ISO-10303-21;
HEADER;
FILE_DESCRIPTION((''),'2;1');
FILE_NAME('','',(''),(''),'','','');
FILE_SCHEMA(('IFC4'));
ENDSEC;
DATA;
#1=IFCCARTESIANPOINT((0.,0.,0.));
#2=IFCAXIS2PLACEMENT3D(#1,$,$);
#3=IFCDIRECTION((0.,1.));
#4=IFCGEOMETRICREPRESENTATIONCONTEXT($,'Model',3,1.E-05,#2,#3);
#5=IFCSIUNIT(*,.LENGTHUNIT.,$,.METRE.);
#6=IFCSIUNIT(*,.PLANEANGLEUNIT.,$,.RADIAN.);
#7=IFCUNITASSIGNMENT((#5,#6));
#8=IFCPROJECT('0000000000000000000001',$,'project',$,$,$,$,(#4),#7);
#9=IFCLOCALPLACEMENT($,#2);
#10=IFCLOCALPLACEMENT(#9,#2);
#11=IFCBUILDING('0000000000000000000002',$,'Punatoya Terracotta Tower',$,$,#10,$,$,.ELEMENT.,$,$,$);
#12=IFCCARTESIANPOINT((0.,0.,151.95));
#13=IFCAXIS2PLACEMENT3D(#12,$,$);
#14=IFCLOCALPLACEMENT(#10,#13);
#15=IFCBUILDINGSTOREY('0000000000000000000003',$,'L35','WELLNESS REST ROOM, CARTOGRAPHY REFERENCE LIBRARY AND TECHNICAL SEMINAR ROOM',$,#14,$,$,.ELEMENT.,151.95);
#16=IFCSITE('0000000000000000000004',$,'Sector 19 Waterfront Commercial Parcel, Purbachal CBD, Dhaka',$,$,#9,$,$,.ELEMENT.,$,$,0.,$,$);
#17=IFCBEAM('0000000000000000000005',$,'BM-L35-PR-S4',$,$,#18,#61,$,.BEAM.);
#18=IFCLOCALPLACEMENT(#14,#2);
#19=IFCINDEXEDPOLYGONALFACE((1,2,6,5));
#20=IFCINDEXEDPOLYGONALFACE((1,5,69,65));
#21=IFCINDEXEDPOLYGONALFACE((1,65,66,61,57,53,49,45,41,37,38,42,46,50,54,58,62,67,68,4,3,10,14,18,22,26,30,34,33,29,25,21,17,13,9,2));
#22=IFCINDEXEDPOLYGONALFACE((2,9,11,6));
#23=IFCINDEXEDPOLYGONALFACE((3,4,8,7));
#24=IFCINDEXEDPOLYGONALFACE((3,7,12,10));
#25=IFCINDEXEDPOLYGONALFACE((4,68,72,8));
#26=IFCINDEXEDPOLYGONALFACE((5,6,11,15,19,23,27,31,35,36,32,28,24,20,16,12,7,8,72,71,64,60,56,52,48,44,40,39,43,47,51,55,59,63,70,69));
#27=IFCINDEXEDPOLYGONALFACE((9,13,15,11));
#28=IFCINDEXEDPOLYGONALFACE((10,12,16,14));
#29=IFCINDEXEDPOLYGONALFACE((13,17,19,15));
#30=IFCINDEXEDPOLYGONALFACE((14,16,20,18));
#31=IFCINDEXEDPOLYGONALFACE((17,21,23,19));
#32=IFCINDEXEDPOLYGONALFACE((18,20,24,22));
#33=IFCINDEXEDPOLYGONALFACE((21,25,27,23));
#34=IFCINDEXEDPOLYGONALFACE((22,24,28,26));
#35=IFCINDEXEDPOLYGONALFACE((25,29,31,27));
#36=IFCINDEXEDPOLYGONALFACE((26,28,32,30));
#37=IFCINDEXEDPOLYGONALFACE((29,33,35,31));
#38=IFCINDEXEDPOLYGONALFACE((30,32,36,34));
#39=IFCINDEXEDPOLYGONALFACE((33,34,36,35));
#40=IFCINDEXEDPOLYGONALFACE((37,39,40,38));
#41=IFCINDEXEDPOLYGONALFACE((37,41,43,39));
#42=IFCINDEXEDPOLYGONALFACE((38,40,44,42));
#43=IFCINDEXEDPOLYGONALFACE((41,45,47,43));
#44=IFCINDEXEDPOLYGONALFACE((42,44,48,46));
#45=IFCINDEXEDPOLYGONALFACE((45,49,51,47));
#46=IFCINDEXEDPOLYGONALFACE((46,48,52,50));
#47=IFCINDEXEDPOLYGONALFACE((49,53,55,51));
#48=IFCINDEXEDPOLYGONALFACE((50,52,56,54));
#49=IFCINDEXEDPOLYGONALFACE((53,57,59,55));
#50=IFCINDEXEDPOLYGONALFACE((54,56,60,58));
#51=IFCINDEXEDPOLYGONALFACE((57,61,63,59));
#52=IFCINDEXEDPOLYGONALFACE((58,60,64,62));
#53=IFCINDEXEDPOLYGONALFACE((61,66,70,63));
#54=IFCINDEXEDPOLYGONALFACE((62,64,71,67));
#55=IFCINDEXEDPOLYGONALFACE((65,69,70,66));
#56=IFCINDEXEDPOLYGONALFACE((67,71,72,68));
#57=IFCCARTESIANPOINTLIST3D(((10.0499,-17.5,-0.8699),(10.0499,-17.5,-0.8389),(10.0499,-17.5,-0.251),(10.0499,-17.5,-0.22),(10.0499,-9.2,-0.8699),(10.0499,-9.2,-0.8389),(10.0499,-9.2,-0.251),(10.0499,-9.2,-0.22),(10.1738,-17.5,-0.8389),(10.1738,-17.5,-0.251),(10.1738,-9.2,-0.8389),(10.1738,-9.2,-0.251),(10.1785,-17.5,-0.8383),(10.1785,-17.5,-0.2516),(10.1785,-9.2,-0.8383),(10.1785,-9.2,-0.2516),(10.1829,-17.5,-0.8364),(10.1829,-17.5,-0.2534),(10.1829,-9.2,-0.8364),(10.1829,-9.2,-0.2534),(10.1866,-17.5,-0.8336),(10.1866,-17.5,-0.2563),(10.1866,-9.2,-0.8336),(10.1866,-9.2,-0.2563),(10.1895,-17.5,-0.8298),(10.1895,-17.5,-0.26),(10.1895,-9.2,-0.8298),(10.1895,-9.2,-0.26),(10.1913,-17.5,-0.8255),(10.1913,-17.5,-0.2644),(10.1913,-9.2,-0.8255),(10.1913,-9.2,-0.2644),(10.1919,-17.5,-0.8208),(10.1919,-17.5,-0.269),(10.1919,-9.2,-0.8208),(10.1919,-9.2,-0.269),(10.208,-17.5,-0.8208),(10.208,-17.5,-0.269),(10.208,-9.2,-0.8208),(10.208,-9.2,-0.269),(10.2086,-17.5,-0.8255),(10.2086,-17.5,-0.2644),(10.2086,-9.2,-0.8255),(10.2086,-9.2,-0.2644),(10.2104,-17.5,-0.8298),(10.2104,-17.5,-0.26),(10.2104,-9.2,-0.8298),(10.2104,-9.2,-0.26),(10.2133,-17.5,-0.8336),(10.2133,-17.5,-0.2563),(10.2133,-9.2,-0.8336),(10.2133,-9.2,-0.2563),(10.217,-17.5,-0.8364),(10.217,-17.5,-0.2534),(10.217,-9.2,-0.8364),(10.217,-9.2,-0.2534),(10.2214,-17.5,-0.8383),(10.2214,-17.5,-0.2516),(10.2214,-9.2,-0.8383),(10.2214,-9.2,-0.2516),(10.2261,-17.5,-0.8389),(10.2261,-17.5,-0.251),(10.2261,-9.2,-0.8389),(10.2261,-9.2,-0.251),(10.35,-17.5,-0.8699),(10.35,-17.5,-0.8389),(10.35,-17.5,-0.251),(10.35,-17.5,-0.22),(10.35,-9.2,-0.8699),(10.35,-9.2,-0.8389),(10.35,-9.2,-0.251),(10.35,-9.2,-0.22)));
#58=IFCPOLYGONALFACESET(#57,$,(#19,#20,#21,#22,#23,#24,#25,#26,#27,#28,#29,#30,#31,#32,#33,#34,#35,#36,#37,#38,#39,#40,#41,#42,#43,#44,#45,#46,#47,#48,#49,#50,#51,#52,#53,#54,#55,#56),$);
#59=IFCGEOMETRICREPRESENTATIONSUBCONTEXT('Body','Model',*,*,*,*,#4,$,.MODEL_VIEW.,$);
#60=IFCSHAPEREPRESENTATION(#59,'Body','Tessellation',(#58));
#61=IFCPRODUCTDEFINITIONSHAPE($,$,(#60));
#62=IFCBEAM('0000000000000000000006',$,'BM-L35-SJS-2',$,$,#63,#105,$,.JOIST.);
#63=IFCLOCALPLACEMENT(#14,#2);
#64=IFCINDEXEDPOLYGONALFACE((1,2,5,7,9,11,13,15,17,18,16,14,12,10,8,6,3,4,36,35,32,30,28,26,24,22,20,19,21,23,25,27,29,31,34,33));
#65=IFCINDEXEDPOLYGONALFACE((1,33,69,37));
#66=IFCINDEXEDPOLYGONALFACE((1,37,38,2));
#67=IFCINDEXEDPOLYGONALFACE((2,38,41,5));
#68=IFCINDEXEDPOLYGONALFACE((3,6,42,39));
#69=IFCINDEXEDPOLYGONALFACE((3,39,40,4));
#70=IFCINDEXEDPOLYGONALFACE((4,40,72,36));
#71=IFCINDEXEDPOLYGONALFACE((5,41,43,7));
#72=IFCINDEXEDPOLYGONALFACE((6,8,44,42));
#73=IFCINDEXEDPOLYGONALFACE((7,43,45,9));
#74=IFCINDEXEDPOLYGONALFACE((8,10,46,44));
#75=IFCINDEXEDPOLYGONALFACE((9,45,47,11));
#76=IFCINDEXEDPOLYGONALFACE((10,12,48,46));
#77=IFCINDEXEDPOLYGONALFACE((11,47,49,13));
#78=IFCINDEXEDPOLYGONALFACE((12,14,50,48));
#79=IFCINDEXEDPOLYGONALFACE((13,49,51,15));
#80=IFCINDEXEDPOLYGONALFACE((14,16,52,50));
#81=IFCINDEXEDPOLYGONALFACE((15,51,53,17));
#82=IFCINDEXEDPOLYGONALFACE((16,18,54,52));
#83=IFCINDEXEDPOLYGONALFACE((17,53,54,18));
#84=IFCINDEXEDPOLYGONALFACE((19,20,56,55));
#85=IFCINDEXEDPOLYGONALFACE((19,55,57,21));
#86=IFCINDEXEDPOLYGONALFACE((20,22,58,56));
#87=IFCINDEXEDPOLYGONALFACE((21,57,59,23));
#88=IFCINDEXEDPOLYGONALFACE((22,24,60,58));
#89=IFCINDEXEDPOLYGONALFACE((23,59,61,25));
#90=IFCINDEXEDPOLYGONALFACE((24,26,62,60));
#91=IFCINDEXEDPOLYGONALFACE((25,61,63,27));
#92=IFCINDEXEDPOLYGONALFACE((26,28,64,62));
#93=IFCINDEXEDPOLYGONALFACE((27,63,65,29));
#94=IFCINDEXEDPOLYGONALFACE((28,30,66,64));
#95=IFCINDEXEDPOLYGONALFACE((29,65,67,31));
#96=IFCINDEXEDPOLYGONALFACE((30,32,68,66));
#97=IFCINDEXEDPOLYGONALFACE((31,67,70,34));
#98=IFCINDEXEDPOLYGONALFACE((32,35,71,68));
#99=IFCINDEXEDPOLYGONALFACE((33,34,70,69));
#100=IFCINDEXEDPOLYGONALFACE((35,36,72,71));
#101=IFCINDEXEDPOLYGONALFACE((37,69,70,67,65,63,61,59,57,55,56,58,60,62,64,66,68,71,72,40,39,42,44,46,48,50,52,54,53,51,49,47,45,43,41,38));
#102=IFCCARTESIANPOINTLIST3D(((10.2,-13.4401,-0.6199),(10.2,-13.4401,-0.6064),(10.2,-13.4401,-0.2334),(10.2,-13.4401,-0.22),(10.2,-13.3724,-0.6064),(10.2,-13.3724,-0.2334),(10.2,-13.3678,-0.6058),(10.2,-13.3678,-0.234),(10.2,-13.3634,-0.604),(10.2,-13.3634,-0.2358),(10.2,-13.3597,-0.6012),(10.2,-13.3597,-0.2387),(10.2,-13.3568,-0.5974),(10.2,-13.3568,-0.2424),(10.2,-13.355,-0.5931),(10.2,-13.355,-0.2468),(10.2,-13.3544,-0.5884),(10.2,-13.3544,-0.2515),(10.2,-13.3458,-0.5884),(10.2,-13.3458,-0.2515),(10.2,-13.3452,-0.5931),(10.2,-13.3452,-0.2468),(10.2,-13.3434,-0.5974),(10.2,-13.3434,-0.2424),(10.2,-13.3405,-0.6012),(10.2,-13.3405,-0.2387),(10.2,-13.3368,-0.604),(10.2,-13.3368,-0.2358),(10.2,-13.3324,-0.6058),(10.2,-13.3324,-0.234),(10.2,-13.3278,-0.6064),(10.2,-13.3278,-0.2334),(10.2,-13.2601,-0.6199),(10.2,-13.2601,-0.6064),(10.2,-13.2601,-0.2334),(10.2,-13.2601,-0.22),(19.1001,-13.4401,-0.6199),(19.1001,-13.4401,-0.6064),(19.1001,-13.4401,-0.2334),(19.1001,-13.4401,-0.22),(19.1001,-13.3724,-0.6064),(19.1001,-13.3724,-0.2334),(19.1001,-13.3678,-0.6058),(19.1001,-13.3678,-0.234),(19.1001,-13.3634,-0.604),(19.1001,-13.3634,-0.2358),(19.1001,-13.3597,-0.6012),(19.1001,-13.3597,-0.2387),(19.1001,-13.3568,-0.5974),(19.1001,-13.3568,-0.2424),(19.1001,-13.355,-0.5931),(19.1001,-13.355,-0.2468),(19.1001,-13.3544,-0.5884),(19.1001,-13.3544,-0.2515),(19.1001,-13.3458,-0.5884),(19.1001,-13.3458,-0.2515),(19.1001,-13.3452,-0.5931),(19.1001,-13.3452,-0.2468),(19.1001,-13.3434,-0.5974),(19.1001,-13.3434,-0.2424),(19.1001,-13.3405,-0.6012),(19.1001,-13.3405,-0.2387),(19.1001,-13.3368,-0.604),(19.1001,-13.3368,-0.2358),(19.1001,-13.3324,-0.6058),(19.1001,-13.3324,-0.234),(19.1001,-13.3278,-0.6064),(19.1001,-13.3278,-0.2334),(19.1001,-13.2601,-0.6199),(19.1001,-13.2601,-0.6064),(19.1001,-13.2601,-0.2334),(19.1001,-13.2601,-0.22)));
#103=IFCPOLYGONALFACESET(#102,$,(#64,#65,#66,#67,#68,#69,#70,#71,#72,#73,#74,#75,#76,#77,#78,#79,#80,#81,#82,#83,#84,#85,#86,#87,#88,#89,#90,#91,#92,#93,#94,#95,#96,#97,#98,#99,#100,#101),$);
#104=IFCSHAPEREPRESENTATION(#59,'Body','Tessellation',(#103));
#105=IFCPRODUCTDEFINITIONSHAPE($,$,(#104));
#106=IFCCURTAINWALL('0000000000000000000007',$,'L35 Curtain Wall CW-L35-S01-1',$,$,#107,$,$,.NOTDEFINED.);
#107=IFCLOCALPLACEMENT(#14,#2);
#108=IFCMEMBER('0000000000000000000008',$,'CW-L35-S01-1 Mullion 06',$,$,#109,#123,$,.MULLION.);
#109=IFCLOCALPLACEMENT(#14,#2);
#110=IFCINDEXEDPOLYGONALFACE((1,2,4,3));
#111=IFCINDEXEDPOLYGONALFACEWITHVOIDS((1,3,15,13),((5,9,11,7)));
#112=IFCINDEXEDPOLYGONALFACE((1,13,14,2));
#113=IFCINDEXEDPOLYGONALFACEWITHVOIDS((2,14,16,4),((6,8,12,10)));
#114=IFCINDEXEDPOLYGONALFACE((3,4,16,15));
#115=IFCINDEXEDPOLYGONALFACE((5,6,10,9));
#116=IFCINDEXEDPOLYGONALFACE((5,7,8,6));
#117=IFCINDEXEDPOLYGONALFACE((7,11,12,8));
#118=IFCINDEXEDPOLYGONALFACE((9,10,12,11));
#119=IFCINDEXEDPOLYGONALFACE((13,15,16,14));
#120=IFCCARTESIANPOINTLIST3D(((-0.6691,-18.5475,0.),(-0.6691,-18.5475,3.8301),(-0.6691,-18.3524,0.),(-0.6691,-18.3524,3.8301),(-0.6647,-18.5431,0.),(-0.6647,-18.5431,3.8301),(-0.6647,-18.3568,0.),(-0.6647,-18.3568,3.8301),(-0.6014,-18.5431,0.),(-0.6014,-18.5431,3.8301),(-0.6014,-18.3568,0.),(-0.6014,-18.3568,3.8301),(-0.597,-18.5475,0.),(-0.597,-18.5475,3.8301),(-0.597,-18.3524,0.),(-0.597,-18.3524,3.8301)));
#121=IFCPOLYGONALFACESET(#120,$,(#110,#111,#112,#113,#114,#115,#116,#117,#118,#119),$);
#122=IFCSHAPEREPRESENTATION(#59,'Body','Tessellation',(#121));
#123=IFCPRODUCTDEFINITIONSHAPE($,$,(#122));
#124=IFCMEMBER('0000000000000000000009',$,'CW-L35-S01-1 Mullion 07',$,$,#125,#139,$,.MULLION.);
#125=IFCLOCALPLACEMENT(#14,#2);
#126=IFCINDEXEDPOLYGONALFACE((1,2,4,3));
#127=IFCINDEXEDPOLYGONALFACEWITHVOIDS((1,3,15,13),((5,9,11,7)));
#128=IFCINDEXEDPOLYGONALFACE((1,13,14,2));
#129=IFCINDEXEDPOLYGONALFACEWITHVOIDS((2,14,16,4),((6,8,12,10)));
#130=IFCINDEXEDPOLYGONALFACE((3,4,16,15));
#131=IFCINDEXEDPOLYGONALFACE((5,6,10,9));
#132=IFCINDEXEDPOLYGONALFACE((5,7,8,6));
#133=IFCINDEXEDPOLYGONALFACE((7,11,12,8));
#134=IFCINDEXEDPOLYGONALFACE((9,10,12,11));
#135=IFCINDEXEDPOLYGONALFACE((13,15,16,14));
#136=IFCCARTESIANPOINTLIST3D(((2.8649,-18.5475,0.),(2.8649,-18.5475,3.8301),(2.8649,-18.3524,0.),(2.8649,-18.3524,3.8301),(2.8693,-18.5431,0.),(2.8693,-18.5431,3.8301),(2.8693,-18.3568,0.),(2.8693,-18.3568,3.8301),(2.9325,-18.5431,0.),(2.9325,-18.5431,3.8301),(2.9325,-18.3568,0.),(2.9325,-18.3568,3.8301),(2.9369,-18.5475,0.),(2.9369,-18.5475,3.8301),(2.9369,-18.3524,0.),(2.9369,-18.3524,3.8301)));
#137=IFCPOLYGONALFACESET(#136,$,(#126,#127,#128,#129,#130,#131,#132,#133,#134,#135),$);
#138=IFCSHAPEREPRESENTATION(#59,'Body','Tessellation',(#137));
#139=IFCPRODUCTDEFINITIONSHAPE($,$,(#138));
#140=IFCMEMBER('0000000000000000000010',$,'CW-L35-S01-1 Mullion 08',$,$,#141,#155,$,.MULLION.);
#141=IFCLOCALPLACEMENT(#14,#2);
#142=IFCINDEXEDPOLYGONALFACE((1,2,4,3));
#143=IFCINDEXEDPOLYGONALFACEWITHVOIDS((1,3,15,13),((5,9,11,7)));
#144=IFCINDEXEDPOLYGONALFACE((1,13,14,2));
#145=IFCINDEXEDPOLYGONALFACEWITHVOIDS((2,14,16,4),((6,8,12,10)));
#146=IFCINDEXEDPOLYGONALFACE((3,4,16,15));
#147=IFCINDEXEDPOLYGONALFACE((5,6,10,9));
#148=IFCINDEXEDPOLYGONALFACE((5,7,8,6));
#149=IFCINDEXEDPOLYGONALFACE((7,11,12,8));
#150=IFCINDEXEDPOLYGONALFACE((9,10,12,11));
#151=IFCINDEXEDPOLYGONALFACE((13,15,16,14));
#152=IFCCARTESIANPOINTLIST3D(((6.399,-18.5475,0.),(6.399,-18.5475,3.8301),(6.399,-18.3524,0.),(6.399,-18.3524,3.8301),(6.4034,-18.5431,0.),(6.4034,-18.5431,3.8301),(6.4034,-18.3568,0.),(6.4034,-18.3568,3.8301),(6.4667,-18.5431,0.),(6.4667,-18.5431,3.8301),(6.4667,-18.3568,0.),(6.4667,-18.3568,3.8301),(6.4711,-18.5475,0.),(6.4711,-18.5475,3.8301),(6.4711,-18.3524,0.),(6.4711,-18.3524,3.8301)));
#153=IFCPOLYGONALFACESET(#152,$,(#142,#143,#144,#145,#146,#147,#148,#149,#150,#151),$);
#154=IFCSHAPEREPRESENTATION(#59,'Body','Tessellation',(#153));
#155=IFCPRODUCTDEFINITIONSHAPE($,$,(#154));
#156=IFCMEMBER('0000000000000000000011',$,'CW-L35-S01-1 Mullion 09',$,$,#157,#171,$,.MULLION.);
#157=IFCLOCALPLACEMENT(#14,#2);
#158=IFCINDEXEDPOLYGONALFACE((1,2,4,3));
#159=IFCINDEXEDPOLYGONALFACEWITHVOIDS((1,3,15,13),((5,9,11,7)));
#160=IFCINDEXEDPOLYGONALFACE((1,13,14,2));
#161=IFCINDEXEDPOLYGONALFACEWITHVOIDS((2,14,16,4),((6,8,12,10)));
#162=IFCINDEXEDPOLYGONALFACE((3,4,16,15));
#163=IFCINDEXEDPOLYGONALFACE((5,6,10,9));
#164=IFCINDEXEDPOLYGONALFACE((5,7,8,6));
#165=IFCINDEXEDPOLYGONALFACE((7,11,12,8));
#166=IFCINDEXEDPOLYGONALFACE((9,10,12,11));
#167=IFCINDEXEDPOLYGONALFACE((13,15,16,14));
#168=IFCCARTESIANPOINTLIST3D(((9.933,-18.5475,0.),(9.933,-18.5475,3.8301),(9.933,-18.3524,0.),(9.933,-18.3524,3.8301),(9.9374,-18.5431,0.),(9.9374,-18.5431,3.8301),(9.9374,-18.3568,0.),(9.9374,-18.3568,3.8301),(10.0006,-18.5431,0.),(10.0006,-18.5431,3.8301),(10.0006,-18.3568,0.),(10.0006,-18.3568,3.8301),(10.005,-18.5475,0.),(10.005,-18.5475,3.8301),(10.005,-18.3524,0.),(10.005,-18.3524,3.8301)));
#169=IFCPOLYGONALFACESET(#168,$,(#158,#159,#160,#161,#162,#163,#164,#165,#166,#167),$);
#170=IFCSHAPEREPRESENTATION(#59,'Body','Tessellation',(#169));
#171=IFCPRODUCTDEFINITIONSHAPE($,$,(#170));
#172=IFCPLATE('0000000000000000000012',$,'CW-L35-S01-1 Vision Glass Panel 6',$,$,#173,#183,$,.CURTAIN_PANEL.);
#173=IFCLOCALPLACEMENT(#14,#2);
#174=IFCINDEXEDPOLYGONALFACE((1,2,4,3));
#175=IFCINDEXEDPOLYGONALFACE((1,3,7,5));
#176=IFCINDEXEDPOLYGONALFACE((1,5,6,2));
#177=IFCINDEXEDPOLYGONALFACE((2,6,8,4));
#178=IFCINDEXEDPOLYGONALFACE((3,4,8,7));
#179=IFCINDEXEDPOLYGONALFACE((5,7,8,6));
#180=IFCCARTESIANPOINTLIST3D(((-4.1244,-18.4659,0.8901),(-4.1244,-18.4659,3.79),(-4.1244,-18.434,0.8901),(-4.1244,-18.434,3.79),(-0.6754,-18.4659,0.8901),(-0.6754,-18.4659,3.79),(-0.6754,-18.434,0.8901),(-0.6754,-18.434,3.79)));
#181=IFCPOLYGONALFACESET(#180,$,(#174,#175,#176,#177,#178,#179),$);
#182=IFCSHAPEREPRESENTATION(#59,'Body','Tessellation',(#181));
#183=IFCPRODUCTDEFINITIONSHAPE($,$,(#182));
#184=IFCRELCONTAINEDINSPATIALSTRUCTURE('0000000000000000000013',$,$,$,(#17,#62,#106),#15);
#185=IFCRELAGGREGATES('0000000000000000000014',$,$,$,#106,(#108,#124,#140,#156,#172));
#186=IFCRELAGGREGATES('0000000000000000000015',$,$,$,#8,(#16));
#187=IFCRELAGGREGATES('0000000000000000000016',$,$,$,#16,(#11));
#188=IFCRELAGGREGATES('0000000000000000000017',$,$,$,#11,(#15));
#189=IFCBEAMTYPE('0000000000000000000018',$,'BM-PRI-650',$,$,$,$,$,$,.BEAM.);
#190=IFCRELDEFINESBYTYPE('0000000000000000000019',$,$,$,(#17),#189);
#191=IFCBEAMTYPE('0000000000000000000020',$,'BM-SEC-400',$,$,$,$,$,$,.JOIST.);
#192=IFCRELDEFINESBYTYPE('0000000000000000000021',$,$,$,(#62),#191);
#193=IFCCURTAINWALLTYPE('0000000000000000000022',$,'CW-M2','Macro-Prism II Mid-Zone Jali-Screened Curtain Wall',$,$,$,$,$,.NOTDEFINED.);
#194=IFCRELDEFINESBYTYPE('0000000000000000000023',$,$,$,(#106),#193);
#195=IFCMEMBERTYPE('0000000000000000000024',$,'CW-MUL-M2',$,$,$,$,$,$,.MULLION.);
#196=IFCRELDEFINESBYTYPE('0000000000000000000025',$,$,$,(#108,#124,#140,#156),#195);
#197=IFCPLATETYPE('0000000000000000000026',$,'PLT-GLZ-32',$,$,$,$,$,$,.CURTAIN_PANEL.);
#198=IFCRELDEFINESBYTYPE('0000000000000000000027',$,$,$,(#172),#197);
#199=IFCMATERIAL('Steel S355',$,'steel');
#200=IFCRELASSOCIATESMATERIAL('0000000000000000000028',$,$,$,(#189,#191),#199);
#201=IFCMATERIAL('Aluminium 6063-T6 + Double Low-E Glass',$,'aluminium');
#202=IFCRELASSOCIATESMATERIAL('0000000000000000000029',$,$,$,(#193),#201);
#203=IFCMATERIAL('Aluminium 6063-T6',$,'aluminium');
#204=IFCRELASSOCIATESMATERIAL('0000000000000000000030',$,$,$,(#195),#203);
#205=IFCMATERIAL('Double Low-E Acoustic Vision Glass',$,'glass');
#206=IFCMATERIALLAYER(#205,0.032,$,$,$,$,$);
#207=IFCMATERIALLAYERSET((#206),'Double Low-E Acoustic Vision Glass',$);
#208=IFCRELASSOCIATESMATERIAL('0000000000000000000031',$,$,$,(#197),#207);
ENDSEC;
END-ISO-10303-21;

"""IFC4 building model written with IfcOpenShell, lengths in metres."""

from ifc_helpers import new_model, si_unit, direction, frame, origin, origin_2d, place, context, subcontext, project, spatial, rectangle, hollow_rectangle, i_section, extrude, material, layer, layer_set, material_profile, profile_set, type_object, element, aggregate, save


model = new_model("IFC4")

# Units and contexts
model_context = context("Model", 3, precision=1e-05, world=origin(), true_north=direction((0.0, 1.0)))
body_context = subcontext(model_context, "Body", "Model", "MODEL_VIEW")
ifc_project = project(units=[si_unit("LENGTHUNIT", "METRE"), si_unit("PLANEANGLEUNIT", "RADIAN")], contexts=[model_context])

# Site, building, storey
site_placement = place(None, origin())
site = spatial("IfcSite", under=ifc_project, at=site_placement, Name="Sector 19 Waterfront Commercial Parcel, Purbachal CBD, Dhaka", CompositionType="ELEMENT", RefElevation=0.0)
building_placement = place(site_placement, origin())
building = spatial("IfcBuilding", under=site, at=building_placement, Name="Punatoya Terracotta Tower", CompositionType="ELEMENT")
storey_placement = place(building_placement, frame((0.0, 0.0, 151.95)))
storey = spatial("IfcBuildingStorey", under=building, at=storey_placement, Name="L35", Description="WELLNESS REST ROOM, CARTOGRAPHY REFERENCE LIBRARY AND TECHNICAL SEMINAR ROOM", CompositionType="ELEMENT", Elevation=151.95)

# Beams
ifc_material_1 = material(Name="Steel S355", Category="steel")
ifc_material_profile_1 = material_profile(ifc_material_1, i_section(OverallWidth=0.3, OverallDepth=0.6499, WebThickness=0.0161, FlangeThickness=0.031, FilletRadius=0.0181, at=origin_2d()))
ifc_profile_set_1 = profile_set([ifc_material_profile_1], Name="Steel S355")
beam_type_1 = type_object("IfcBeamType", Name="BM-PRI-650", PredefinedType="BEAM", material=ifc_profile_set_1)
for number, where, z_axis, x_axis, name in (
    (1, (10.2, -17.5, -0.5449), (0.0, 1.0, 0.0), (-1.0, 0.0, 0.0), "BM-L35-PR-S4"),
):
    element("IfcBeam", number, at=place(storey_placement, frame(where, z_axis=z_axis, x_axis=x_axis)), inside=storey, type_object=beam_type_1, Name=name, PredefinedType="BEAM", context=body_context, shape_type="SweptSolid", body=[
        extrude(i_section(OverallWidth=0.3, OverallDepth=0.6499, WebThickness=0.0161, FlangeThickness=0.031, FilletRadius=0.0181, at=origin_2d()), origin(), (0.0, 0.0, 1.0), 8.3),
    ])
ifc_material_profile_2 = material_profile(ifc_material_1, i_section(OverallWidth=0.1799, OverallDepth=0.3999, WebThickness=0.0085, FlangeThickness=0.0134, FilletRadius=0.0181, at=origin_2d()))
ifc_profile_set_2 = profile_set([ifc_material_profile_2], Name="Steel S355")
beam_type_2 = type_object("IfcBeamType", Name="BM-SEC-400", PredefinedType="JOIST", material=ifc_profile_set_2)
beam_1_placement = place(storey_placement, frame((10.2, -13.3501, -0.4199), z_axis=(1.0, 0.0, 0.0), x_axis=(0.0, 1.0, 0.0)))
element("IfcBeam", 2, at=beam_1_placement, inside=storey, type_object=beam_type_2, Name="BM-L35-SJS-2", PredefinedType="JOIST", context=body_context, shape_type="SweptSolid", body=[
    extrude(i_section(OverallWidth=0.1799, OverallDepth=0.3999, WebThickness=0.0085, FlangeThickness=0.0134, FilletRadius=0.0181, at=origin_2d()), origin(), (0.0, 0.0, 1.0), 8.9001),
])

# Curtain wall, members, plate
ifc_material_2 = material(Name="Aluminium 6063-T6 + Double Low-E Glass", Category="aluminium")
curtain_wall_type = type_object("IfcCurtainWallType", Name="CW-M2", Description="Macro-Prism II Mid-Zone Jali-Screened Curtain Wall", PredefinedType="NOTDEFINED", material=ifc_material_2)
curtain_wall_placement = place(storey_placement, origin())
curtain_wall = element("IfcCurtainWall", 3, at=curtain_wall_placement, inside=storey, type_object=curtain_wall_type, Name="L35 Curtain Wall CW-L35-S01-1", PredefinedType="NOTDEFINED")
ifc_material_3 = material(Name="Aluminium 6063-T6", Category="aluminium")
ifc_material_profile_3 = material_profile(ifc_material_3, hollow_rectangle(XDim=0.072, YDim=0.1951, WallThickness=0.0044, at=origin_2d()))
ifc_profile_set_3 = profile_set([ifc_material_profile_3], Name="Aluminium 6063-T6")
member_type = type_object("IfcMemberType", Name="CW-MUL-M2", PredefinedType="MULLION", material=ifc_profile_set_3)
member_1_placement = place(storey_placement, frame((-0.6331, -18.45, 0.0), z_axis=(0.0, 0.0, 1.0), x_axis=(1.0, 0.0, 0.0)))
member_1 = element("IfcMember", 4, at=member_1_placement, type_object=member_type, Name="CW-L35-S01-1 Mullion 06", PredefinedType="MULLION", context=body_context, shape_type="SweptSolid", body=[
    extrude(hollow_rectangle(XDim=0.072, YDim=0.1951, WallThickness=0.0044, at=origin_2d()), origin(), (0.0, 0.0, 1.0), 3.8301),
])
member_2_placement = place(storey_placement, frame((2.9009, -18.45, 0.0), z_axis=(0.0, 0.0, 1.0), x_axis=(1.0, 0.0, 0.0)))
member_2 = element("IfcMember", 5, at=member_2_placement, type_object=member_type, Name="CW-L35-S01-1 Mullion 07", PredefinedType="MULLION", context=body_context, shape_type="SweptSolid", body=[
    extrude(hollow_rectangle(XDim=0.072, YDim=0.1951, WallThickness=0.0044, at=origin_2d()), origin(), (0.0, 0.0, 1.0), 3.8301),
])
member_3_placement = place(storey_placement, frame((6.4351, -18.45, 0.0), z_axis=(0.0, 0.0, 1.0), x_axis=(1.0, 0.0, 0.0)))
member_3 = element("IfcMember", 6, at=member_3_placement, type_object=member_type, Name="CW-L35-S01-1 Mullion 08", PredefinedType="MULLION", context=body_context, shape_type="SweptSolid", body=[
    extrude(hollow_rectangle(XDim=0.072, YDim=0.1951, WallThickness=0.0044, at=origin_2d()), origin(), (0.0, 0.0, 1.0), 3.8301),
])
member_4_placement = place(storey_placement, frame((9.969, -18.45, 0.0), z_axis=(0.0, 0.0, 1.0), x_axis=(1.0, 0.0, 0.0)))
member_4 = element("IfcMember", 7, at=member_4_placement, type_object=member_type, Name="CW-L35-S01-1 Mullion 09", PredefinedType="MULLION", context=body_context, shape_type="SweptSolid", body=[
    extrude(hollow_rectangle(XDim=0.072, YDim=0.1951, WallThickness=0.0044, at=origin_2d()), origin(), (0.0, 0.0, 1.0), 3.8301),
])
ifc_material_4 = material(Name="Double Low-E Acoustic Vision Glass", Category="glass")
ifc_layer_1 = layer(ifc_material_4, 0.032)
ifc_layer_set_1 = layer_set([ifc_layer_1], Name="Double Low-E Acoustic Vision Glass")
plate_type_1 = type_object("IfcPlateType", Name="PLT-GLZ-32", PredefinedType="CURTAIN_PANEL", material=ifc_layer_set_1)
plate_1_placement = place(storey_placement, frame((-2.3999, -18.45, 0.8901), z_axis=(0.0, 0.0, 1.0), x_axis=(1.0, 0.0, 0.0)))
plate_1 = element("IfcPlate", 8, at=plate_1_placement, type_object=plate_type_1, Name="CW-L35-S01-1 Vision Glass Panel 6", PredefinedType="CURTAIN_PANEL", context=body_context, shape_type="SweptSolid", body=[
    extrude(rectangle(XDim=3.449, YDim=0.032, at=origin_2d()), origin(), (0.0, 0.0, 1.0), 2.8999),
])
aggregate(curtain_wall, [member_1, member_2, member_3, member_4, plate_1])

save(model, "model.ifc")
